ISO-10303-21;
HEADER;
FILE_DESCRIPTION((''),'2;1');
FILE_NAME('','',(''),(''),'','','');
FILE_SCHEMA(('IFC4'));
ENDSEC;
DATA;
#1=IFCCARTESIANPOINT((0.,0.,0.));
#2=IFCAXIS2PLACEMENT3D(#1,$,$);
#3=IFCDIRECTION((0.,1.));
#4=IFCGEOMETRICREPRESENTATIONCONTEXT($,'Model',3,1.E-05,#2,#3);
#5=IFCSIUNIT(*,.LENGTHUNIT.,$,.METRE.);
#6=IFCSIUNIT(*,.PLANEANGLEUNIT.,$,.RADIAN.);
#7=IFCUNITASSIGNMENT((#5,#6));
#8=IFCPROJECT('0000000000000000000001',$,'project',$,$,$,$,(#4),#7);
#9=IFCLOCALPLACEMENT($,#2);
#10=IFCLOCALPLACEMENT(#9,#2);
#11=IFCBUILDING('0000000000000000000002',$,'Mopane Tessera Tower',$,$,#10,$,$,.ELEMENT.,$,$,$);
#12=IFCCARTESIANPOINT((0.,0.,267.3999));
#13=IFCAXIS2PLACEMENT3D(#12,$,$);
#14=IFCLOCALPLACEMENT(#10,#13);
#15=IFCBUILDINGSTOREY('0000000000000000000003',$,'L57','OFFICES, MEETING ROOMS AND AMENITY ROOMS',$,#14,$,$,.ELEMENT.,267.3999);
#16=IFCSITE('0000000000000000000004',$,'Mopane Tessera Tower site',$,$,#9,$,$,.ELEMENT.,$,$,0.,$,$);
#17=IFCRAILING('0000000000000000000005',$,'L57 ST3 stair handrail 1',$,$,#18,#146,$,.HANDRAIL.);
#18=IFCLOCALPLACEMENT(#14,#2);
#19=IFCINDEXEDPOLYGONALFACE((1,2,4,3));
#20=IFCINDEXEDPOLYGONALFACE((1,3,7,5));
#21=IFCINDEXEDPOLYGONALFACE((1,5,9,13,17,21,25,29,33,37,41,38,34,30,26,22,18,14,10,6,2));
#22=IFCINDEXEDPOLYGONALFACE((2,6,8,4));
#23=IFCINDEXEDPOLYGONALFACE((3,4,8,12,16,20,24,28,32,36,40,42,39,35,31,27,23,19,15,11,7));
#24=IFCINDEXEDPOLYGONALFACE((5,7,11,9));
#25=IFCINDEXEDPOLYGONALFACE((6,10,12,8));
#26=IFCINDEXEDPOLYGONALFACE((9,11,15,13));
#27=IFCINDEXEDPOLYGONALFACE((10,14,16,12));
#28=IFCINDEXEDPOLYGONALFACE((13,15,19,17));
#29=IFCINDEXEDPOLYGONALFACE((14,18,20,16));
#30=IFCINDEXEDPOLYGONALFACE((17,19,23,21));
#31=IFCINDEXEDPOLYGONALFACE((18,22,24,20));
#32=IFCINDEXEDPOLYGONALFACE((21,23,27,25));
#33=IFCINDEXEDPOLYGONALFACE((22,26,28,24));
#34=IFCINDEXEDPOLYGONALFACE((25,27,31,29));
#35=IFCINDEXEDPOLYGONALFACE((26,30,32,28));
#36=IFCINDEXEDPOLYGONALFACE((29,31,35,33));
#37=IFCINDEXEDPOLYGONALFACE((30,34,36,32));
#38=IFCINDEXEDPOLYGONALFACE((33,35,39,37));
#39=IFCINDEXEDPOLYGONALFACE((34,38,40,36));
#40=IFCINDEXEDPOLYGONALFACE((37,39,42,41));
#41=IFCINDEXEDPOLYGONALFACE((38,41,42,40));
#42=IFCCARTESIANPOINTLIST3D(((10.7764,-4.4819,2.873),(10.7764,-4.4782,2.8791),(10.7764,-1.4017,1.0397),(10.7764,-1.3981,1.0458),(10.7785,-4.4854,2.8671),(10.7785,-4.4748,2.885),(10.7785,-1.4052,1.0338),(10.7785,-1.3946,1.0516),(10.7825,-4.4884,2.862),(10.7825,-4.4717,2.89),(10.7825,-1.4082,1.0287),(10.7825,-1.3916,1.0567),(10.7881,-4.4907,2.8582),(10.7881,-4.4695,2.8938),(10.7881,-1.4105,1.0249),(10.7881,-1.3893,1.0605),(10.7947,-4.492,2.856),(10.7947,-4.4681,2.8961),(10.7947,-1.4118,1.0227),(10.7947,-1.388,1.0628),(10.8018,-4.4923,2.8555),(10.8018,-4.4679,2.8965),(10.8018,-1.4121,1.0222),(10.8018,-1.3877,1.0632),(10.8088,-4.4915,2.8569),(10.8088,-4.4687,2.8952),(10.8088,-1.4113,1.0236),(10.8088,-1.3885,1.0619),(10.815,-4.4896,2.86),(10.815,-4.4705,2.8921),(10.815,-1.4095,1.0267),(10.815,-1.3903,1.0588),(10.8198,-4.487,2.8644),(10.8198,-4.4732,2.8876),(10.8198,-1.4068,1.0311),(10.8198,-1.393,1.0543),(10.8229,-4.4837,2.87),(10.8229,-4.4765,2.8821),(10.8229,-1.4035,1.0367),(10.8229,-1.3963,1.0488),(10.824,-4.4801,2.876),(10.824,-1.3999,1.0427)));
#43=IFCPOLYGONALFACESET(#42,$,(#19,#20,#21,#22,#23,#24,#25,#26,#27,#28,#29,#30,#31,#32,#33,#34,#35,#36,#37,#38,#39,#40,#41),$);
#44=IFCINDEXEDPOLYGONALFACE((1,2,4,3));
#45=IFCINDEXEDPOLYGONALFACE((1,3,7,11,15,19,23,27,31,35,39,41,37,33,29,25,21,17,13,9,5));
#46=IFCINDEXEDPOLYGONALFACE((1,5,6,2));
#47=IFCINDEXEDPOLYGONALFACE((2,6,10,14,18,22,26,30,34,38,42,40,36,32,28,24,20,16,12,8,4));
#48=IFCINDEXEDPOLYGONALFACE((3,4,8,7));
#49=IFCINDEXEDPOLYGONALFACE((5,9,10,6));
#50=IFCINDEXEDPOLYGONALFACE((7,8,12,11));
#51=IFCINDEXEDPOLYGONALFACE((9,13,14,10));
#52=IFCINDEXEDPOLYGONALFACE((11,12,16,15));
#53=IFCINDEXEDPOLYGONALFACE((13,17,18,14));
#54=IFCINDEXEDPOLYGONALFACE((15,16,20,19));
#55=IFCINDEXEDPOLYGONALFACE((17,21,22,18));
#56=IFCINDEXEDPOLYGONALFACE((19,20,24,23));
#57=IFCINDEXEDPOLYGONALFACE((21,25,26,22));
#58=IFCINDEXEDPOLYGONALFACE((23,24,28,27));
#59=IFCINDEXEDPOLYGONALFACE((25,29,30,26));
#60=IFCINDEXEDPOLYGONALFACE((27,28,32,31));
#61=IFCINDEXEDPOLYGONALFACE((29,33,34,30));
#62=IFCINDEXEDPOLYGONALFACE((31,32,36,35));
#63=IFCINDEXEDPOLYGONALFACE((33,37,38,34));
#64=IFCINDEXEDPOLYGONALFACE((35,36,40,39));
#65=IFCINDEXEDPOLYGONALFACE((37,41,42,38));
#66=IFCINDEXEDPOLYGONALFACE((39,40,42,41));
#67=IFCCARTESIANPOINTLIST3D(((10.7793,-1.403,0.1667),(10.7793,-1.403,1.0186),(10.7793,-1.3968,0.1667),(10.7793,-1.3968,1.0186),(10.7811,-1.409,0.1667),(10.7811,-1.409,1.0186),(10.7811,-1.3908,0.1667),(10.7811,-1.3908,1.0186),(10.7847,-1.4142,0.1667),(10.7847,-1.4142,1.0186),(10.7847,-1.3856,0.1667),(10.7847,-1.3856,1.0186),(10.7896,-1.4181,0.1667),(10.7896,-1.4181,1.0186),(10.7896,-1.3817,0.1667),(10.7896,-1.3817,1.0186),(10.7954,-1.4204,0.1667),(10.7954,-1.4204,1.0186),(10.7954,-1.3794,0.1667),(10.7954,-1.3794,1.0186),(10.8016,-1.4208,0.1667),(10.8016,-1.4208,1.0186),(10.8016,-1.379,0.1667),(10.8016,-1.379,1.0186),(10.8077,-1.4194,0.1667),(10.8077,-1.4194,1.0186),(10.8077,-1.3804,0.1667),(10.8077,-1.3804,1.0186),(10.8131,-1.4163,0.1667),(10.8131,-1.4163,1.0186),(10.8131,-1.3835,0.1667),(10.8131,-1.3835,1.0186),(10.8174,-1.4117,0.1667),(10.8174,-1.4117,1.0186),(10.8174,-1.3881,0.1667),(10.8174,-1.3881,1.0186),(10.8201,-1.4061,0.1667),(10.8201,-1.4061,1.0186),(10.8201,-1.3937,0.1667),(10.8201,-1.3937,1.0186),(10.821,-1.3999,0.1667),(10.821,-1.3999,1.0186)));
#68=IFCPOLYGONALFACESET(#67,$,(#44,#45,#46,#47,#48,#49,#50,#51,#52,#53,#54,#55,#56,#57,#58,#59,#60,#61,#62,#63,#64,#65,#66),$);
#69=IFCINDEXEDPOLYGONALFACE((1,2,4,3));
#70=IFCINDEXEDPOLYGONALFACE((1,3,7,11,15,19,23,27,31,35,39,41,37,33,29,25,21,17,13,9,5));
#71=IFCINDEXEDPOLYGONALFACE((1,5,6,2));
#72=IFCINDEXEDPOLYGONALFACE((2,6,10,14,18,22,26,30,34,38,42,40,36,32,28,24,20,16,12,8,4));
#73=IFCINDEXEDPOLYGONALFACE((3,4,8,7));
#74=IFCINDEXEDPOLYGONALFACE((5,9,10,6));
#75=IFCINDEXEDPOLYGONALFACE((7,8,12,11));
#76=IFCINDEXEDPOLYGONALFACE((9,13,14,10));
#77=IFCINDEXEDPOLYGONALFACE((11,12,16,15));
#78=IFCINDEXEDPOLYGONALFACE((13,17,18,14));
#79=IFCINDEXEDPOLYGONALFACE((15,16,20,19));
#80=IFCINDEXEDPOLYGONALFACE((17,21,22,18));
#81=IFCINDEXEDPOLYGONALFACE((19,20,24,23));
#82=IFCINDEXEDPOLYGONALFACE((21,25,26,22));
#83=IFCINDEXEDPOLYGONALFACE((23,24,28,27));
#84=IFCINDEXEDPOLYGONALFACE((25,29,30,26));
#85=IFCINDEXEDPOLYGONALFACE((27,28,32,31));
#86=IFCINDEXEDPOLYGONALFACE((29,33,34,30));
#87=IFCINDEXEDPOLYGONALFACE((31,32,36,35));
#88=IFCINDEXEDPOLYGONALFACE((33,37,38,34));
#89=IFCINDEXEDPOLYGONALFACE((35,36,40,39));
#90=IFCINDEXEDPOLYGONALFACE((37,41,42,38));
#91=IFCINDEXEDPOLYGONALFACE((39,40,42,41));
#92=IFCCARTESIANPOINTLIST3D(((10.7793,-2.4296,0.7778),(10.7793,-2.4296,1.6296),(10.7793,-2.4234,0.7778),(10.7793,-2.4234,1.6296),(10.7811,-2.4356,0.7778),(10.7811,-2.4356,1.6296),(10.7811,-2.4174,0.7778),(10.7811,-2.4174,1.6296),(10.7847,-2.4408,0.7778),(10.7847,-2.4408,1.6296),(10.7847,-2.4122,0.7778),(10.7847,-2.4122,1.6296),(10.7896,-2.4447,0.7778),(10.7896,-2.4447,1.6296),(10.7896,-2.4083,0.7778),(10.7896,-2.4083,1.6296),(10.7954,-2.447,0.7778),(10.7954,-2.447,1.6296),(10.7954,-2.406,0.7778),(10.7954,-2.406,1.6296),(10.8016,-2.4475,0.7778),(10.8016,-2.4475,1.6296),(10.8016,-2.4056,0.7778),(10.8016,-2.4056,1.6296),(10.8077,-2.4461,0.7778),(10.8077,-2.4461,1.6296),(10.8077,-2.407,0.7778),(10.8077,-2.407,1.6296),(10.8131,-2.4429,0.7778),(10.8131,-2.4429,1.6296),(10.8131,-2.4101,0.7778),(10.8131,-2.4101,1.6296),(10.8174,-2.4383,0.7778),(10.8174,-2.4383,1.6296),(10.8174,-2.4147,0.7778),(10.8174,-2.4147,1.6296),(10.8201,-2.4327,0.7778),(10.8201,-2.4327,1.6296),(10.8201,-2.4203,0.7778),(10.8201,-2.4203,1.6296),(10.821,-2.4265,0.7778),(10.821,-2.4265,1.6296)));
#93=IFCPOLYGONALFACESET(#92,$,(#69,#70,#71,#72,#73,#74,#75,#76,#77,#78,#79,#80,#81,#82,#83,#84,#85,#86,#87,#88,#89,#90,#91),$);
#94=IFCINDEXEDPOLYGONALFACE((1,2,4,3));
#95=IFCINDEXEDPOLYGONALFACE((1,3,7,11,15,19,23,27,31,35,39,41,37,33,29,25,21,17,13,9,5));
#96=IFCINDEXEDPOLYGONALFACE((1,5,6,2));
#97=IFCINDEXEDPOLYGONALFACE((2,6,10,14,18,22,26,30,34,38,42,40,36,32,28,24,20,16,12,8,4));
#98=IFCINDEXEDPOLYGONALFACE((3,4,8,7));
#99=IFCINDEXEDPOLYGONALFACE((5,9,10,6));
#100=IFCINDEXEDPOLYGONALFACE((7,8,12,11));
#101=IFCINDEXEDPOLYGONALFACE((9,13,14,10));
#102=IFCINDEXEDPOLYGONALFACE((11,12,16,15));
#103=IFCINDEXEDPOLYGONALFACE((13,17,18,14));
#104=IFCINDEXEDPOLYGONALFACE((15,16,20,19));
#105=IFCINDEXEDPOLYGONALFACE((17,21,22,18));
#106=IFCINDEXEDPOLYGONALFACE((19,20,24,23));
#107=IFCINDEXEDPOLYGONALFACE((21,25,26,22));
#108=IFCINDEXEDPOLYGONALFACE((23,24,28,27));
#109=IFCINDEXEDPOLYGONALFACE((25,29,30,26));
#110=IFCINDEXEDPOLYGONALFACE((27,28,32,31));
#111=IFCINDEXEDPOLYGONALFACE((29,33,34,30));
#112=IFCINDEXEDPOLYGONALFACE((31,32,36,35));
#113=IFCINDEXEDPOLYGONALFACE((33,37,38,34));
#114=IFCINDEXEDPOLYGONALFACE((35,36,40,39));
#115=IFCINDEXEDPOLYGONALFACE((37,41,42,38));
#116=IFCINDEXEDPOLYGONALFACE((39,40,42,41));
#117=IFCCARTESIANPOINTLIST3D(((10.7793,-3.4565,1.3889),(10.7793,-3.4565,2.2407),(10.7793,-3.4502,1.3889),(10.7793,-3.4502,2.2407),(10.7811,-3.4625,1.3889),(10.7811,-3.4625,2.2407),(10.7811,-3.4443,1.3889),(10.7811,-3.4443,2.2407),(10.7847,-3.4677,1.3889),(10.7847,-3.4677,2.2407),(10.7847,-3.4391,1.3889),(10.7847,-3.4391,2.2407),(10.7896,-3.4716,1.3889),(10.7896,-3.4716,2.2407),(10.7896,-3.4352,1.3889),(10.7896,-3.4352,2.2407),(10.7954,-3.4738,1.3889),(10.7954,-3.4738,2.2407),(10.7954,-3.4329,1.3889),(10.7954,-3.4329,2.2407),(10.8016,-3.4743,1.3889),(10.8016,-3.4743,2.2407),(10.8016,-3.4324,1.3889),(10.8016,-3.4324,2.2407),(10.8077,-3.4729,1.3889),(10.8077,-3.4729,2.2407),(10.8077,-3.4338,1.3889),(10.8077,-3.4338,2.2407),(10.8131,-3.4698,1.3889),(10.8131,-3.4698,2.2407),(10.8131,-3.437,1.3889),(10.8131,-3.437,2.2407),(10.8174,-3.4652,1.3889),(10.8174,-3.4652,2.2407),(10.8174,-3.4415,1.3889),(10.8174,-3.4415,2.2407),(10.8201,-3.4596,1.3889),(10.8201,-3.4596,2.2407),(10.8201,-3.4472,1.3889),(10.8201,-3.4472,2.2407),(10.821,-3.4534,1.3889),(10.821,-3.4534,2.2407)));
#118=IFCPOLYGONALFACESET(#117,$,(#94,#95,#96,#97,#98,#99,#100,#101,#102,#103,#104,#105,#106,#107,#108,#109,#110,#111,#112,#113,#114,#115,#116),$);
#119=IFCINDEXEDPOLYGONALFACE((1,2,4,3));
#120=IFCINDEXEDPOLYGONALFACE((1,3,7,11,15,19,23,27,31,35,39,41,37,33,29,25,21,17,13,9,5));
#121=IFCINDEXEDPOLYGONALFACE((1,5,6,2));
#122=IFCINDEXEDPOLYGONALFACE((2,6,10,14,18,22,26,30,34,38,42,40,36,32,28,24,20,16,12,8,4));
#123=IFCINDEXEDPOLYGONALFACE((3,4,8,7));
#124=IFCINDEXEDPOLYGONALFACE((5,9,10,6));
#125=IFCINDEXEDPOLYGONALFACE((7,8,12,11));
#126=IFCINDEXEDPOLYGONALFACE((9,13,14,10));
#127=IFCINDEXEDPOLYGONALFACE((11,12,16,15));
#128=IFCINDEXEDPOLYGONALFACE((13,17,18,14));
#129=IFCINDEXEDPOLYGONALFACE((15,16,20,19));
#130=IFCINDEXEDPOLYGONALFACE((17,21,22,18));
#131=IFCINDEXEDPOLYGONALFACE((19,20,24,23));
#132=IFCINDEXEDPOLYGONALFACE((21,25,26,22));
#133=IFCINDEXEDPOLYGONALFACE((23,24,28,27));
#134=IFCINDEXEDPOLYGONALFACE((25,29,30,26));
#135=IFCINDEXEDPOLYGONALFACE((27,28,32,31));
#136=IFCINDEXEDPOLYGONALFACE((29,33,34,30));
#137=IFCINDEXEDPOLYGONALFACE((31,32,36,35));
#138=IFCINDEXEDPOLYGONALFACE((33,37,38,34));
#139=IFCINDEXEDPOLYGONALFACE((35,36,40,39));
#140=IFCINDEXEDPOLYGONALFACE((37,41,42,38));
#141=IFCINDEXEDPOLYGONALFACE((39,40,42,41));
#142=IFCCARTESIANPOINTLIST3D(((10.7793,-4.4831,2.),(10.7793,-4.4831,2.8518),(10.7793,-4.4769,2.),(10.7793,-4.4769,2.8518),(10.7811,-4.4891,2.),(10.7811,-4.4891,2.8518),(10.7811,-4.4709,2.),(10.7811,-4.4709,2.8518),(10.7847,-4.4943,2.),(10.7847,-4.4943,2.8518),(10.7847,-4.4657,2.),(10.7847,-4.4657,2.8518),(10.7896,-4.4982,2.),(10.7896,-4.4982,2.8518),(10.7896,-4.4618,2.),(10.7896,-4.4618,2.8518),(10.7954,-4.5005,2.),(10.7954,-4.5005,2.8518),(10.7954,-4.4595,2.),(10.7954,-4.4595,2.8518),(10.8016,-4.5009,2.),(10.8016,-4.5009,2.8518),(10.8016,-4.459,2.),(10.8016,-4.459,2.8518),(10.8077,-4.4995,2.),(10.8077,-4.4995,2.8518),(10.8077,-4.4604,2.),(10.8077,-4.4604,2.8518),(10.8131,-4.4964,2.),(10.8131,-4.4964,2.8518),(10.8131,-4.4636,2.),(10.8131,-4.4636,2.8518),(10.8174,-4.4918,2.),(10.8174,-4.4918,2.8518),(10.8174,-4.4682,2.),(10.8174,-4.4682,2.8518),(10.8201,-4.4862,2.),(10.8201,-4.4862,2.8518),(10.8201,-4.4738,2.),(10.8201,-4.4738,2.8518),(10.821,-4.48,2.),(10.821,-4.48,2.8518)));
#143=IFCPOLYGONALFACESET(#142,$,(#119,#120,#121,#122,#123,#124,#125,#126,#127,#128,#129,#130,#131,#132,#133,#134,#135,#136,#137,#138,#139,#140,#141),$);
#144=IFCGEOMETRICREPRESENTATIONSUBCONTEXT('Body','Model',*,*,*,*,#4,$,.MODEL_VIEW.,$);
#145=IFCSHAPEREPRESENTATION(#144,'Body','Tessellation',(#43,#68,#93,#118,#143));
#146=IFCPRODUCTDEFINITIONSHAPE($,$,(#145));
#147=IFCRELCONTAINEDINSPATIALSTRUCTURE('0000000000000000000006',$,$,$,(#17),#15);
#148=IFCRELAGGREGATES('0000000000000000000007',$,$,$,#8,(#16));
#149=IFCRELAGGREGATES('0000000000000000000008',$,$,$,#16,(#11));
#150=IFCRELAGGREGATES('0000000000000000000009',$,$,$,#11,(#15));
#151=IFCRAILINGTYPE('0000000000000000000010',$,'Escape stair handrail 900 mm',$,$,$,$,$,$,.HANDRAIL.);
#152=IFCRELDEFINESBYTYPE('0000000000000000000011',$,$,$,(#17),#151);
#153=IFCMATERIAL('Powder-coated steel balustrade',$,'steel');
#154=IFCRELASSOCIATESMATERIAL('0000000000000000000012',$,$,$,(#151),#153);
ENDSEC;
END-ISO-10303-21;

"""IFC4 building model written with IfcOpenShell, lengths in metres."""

from ifc_helpers import new_model, si_unit, direction, frame, origin, origin_2d, place, context, subcontext, project, spatial, circle, extrude, material, type_object, element, save


model = new_model("IFC4")

# Units and contexts
model_context = context("Model", 3, precision=1e-05, world=origin(), true_north=direction((0.0, 1.0)))
body_context = subcontext(model_context, "Body", "Model", "MODEL_VIEW")
ifc_project = project(units=[si_unit("LENGTHUNIT", "METRE"), si_unit("PLANEANGLEUNIT", "RADIAN")], contexts=[model_context])

# Site, building, storey
site_placement = place(None, origin())
site = spatial("IfcSite", under=ifc_project, at=site_placement, Name="Mopane Tessera Tower site", CompositionType="ELEMENT", RefElevation=0.0)
building_placement = place(site_placement, origin())
building = spatial("IfcBuilding", under=site, at=building_placement, Name="Mopane Tessera Tower", CompositionType="ELEMENT")
storey_placement = place(building_placement, frame((0.0, 0.0, 267.3999)))
storey = spatial("IfcBuildingStorey", under=building, at=storey_placement, Name="L57", Description="OFFICES, MEETING ROOMS AND AMENITY ROOMS", CompositionType="ELEMENT", Elevation=267.3999)

# Railing
ifc_material_1 = material(Name="Powder-coated steel balustrade", Category="steel")
railing_type_1 = type_object("IfcRailingType", Name="Escape stair handrail 900 mm", PredefinedType="HANDRAIL", material=ifc_material_1)
railing_1_placement = place(storey_placement, frame((10.8, -1.3999, 0.1667)))
element("IfcRailing", 1, at=railing_1_placement, inside=storey, type_object=railing_type_1, Name="L57 ST3 stair handrail 1", PredefinedType="HANDRAIL", context=body_context, shape_type="SweptSolid", body=[
    extrude(circle(Radius=0.0239, at=origin_2d()), frame((0.0, 0.0, 0.876), z_axis=(0.0, -0.859309, 0.511458), x_axis=(1.0, 0.0, 0.0)), (0.0, 0.0, 1.0), 3.5845),
    extrude(circle(Radius=0.021, at=origin_2d()), origin(), (0.0, 0.0, 1.0), 0.8518),
    extrude(circle(Radius=0.021, at=origin_2d()), frame((0.0, -1.0266, 0.6111)), (0.0, 0.0, 1.0), 0.8518),
    extrude(circle(Radius=0.021, at=origin_2d()), frame((0.0, -2.0535, 1.2222)), (0.0, 0.0, 1.0), 0.8518),
    extrude(circle(Radius=0.021, at=origin_2d()), frame((0.0, -3.0801, 1.8333)), (0.0, 0.0, 1.0), 0.8518),
])

save(model, "model.ifc")
